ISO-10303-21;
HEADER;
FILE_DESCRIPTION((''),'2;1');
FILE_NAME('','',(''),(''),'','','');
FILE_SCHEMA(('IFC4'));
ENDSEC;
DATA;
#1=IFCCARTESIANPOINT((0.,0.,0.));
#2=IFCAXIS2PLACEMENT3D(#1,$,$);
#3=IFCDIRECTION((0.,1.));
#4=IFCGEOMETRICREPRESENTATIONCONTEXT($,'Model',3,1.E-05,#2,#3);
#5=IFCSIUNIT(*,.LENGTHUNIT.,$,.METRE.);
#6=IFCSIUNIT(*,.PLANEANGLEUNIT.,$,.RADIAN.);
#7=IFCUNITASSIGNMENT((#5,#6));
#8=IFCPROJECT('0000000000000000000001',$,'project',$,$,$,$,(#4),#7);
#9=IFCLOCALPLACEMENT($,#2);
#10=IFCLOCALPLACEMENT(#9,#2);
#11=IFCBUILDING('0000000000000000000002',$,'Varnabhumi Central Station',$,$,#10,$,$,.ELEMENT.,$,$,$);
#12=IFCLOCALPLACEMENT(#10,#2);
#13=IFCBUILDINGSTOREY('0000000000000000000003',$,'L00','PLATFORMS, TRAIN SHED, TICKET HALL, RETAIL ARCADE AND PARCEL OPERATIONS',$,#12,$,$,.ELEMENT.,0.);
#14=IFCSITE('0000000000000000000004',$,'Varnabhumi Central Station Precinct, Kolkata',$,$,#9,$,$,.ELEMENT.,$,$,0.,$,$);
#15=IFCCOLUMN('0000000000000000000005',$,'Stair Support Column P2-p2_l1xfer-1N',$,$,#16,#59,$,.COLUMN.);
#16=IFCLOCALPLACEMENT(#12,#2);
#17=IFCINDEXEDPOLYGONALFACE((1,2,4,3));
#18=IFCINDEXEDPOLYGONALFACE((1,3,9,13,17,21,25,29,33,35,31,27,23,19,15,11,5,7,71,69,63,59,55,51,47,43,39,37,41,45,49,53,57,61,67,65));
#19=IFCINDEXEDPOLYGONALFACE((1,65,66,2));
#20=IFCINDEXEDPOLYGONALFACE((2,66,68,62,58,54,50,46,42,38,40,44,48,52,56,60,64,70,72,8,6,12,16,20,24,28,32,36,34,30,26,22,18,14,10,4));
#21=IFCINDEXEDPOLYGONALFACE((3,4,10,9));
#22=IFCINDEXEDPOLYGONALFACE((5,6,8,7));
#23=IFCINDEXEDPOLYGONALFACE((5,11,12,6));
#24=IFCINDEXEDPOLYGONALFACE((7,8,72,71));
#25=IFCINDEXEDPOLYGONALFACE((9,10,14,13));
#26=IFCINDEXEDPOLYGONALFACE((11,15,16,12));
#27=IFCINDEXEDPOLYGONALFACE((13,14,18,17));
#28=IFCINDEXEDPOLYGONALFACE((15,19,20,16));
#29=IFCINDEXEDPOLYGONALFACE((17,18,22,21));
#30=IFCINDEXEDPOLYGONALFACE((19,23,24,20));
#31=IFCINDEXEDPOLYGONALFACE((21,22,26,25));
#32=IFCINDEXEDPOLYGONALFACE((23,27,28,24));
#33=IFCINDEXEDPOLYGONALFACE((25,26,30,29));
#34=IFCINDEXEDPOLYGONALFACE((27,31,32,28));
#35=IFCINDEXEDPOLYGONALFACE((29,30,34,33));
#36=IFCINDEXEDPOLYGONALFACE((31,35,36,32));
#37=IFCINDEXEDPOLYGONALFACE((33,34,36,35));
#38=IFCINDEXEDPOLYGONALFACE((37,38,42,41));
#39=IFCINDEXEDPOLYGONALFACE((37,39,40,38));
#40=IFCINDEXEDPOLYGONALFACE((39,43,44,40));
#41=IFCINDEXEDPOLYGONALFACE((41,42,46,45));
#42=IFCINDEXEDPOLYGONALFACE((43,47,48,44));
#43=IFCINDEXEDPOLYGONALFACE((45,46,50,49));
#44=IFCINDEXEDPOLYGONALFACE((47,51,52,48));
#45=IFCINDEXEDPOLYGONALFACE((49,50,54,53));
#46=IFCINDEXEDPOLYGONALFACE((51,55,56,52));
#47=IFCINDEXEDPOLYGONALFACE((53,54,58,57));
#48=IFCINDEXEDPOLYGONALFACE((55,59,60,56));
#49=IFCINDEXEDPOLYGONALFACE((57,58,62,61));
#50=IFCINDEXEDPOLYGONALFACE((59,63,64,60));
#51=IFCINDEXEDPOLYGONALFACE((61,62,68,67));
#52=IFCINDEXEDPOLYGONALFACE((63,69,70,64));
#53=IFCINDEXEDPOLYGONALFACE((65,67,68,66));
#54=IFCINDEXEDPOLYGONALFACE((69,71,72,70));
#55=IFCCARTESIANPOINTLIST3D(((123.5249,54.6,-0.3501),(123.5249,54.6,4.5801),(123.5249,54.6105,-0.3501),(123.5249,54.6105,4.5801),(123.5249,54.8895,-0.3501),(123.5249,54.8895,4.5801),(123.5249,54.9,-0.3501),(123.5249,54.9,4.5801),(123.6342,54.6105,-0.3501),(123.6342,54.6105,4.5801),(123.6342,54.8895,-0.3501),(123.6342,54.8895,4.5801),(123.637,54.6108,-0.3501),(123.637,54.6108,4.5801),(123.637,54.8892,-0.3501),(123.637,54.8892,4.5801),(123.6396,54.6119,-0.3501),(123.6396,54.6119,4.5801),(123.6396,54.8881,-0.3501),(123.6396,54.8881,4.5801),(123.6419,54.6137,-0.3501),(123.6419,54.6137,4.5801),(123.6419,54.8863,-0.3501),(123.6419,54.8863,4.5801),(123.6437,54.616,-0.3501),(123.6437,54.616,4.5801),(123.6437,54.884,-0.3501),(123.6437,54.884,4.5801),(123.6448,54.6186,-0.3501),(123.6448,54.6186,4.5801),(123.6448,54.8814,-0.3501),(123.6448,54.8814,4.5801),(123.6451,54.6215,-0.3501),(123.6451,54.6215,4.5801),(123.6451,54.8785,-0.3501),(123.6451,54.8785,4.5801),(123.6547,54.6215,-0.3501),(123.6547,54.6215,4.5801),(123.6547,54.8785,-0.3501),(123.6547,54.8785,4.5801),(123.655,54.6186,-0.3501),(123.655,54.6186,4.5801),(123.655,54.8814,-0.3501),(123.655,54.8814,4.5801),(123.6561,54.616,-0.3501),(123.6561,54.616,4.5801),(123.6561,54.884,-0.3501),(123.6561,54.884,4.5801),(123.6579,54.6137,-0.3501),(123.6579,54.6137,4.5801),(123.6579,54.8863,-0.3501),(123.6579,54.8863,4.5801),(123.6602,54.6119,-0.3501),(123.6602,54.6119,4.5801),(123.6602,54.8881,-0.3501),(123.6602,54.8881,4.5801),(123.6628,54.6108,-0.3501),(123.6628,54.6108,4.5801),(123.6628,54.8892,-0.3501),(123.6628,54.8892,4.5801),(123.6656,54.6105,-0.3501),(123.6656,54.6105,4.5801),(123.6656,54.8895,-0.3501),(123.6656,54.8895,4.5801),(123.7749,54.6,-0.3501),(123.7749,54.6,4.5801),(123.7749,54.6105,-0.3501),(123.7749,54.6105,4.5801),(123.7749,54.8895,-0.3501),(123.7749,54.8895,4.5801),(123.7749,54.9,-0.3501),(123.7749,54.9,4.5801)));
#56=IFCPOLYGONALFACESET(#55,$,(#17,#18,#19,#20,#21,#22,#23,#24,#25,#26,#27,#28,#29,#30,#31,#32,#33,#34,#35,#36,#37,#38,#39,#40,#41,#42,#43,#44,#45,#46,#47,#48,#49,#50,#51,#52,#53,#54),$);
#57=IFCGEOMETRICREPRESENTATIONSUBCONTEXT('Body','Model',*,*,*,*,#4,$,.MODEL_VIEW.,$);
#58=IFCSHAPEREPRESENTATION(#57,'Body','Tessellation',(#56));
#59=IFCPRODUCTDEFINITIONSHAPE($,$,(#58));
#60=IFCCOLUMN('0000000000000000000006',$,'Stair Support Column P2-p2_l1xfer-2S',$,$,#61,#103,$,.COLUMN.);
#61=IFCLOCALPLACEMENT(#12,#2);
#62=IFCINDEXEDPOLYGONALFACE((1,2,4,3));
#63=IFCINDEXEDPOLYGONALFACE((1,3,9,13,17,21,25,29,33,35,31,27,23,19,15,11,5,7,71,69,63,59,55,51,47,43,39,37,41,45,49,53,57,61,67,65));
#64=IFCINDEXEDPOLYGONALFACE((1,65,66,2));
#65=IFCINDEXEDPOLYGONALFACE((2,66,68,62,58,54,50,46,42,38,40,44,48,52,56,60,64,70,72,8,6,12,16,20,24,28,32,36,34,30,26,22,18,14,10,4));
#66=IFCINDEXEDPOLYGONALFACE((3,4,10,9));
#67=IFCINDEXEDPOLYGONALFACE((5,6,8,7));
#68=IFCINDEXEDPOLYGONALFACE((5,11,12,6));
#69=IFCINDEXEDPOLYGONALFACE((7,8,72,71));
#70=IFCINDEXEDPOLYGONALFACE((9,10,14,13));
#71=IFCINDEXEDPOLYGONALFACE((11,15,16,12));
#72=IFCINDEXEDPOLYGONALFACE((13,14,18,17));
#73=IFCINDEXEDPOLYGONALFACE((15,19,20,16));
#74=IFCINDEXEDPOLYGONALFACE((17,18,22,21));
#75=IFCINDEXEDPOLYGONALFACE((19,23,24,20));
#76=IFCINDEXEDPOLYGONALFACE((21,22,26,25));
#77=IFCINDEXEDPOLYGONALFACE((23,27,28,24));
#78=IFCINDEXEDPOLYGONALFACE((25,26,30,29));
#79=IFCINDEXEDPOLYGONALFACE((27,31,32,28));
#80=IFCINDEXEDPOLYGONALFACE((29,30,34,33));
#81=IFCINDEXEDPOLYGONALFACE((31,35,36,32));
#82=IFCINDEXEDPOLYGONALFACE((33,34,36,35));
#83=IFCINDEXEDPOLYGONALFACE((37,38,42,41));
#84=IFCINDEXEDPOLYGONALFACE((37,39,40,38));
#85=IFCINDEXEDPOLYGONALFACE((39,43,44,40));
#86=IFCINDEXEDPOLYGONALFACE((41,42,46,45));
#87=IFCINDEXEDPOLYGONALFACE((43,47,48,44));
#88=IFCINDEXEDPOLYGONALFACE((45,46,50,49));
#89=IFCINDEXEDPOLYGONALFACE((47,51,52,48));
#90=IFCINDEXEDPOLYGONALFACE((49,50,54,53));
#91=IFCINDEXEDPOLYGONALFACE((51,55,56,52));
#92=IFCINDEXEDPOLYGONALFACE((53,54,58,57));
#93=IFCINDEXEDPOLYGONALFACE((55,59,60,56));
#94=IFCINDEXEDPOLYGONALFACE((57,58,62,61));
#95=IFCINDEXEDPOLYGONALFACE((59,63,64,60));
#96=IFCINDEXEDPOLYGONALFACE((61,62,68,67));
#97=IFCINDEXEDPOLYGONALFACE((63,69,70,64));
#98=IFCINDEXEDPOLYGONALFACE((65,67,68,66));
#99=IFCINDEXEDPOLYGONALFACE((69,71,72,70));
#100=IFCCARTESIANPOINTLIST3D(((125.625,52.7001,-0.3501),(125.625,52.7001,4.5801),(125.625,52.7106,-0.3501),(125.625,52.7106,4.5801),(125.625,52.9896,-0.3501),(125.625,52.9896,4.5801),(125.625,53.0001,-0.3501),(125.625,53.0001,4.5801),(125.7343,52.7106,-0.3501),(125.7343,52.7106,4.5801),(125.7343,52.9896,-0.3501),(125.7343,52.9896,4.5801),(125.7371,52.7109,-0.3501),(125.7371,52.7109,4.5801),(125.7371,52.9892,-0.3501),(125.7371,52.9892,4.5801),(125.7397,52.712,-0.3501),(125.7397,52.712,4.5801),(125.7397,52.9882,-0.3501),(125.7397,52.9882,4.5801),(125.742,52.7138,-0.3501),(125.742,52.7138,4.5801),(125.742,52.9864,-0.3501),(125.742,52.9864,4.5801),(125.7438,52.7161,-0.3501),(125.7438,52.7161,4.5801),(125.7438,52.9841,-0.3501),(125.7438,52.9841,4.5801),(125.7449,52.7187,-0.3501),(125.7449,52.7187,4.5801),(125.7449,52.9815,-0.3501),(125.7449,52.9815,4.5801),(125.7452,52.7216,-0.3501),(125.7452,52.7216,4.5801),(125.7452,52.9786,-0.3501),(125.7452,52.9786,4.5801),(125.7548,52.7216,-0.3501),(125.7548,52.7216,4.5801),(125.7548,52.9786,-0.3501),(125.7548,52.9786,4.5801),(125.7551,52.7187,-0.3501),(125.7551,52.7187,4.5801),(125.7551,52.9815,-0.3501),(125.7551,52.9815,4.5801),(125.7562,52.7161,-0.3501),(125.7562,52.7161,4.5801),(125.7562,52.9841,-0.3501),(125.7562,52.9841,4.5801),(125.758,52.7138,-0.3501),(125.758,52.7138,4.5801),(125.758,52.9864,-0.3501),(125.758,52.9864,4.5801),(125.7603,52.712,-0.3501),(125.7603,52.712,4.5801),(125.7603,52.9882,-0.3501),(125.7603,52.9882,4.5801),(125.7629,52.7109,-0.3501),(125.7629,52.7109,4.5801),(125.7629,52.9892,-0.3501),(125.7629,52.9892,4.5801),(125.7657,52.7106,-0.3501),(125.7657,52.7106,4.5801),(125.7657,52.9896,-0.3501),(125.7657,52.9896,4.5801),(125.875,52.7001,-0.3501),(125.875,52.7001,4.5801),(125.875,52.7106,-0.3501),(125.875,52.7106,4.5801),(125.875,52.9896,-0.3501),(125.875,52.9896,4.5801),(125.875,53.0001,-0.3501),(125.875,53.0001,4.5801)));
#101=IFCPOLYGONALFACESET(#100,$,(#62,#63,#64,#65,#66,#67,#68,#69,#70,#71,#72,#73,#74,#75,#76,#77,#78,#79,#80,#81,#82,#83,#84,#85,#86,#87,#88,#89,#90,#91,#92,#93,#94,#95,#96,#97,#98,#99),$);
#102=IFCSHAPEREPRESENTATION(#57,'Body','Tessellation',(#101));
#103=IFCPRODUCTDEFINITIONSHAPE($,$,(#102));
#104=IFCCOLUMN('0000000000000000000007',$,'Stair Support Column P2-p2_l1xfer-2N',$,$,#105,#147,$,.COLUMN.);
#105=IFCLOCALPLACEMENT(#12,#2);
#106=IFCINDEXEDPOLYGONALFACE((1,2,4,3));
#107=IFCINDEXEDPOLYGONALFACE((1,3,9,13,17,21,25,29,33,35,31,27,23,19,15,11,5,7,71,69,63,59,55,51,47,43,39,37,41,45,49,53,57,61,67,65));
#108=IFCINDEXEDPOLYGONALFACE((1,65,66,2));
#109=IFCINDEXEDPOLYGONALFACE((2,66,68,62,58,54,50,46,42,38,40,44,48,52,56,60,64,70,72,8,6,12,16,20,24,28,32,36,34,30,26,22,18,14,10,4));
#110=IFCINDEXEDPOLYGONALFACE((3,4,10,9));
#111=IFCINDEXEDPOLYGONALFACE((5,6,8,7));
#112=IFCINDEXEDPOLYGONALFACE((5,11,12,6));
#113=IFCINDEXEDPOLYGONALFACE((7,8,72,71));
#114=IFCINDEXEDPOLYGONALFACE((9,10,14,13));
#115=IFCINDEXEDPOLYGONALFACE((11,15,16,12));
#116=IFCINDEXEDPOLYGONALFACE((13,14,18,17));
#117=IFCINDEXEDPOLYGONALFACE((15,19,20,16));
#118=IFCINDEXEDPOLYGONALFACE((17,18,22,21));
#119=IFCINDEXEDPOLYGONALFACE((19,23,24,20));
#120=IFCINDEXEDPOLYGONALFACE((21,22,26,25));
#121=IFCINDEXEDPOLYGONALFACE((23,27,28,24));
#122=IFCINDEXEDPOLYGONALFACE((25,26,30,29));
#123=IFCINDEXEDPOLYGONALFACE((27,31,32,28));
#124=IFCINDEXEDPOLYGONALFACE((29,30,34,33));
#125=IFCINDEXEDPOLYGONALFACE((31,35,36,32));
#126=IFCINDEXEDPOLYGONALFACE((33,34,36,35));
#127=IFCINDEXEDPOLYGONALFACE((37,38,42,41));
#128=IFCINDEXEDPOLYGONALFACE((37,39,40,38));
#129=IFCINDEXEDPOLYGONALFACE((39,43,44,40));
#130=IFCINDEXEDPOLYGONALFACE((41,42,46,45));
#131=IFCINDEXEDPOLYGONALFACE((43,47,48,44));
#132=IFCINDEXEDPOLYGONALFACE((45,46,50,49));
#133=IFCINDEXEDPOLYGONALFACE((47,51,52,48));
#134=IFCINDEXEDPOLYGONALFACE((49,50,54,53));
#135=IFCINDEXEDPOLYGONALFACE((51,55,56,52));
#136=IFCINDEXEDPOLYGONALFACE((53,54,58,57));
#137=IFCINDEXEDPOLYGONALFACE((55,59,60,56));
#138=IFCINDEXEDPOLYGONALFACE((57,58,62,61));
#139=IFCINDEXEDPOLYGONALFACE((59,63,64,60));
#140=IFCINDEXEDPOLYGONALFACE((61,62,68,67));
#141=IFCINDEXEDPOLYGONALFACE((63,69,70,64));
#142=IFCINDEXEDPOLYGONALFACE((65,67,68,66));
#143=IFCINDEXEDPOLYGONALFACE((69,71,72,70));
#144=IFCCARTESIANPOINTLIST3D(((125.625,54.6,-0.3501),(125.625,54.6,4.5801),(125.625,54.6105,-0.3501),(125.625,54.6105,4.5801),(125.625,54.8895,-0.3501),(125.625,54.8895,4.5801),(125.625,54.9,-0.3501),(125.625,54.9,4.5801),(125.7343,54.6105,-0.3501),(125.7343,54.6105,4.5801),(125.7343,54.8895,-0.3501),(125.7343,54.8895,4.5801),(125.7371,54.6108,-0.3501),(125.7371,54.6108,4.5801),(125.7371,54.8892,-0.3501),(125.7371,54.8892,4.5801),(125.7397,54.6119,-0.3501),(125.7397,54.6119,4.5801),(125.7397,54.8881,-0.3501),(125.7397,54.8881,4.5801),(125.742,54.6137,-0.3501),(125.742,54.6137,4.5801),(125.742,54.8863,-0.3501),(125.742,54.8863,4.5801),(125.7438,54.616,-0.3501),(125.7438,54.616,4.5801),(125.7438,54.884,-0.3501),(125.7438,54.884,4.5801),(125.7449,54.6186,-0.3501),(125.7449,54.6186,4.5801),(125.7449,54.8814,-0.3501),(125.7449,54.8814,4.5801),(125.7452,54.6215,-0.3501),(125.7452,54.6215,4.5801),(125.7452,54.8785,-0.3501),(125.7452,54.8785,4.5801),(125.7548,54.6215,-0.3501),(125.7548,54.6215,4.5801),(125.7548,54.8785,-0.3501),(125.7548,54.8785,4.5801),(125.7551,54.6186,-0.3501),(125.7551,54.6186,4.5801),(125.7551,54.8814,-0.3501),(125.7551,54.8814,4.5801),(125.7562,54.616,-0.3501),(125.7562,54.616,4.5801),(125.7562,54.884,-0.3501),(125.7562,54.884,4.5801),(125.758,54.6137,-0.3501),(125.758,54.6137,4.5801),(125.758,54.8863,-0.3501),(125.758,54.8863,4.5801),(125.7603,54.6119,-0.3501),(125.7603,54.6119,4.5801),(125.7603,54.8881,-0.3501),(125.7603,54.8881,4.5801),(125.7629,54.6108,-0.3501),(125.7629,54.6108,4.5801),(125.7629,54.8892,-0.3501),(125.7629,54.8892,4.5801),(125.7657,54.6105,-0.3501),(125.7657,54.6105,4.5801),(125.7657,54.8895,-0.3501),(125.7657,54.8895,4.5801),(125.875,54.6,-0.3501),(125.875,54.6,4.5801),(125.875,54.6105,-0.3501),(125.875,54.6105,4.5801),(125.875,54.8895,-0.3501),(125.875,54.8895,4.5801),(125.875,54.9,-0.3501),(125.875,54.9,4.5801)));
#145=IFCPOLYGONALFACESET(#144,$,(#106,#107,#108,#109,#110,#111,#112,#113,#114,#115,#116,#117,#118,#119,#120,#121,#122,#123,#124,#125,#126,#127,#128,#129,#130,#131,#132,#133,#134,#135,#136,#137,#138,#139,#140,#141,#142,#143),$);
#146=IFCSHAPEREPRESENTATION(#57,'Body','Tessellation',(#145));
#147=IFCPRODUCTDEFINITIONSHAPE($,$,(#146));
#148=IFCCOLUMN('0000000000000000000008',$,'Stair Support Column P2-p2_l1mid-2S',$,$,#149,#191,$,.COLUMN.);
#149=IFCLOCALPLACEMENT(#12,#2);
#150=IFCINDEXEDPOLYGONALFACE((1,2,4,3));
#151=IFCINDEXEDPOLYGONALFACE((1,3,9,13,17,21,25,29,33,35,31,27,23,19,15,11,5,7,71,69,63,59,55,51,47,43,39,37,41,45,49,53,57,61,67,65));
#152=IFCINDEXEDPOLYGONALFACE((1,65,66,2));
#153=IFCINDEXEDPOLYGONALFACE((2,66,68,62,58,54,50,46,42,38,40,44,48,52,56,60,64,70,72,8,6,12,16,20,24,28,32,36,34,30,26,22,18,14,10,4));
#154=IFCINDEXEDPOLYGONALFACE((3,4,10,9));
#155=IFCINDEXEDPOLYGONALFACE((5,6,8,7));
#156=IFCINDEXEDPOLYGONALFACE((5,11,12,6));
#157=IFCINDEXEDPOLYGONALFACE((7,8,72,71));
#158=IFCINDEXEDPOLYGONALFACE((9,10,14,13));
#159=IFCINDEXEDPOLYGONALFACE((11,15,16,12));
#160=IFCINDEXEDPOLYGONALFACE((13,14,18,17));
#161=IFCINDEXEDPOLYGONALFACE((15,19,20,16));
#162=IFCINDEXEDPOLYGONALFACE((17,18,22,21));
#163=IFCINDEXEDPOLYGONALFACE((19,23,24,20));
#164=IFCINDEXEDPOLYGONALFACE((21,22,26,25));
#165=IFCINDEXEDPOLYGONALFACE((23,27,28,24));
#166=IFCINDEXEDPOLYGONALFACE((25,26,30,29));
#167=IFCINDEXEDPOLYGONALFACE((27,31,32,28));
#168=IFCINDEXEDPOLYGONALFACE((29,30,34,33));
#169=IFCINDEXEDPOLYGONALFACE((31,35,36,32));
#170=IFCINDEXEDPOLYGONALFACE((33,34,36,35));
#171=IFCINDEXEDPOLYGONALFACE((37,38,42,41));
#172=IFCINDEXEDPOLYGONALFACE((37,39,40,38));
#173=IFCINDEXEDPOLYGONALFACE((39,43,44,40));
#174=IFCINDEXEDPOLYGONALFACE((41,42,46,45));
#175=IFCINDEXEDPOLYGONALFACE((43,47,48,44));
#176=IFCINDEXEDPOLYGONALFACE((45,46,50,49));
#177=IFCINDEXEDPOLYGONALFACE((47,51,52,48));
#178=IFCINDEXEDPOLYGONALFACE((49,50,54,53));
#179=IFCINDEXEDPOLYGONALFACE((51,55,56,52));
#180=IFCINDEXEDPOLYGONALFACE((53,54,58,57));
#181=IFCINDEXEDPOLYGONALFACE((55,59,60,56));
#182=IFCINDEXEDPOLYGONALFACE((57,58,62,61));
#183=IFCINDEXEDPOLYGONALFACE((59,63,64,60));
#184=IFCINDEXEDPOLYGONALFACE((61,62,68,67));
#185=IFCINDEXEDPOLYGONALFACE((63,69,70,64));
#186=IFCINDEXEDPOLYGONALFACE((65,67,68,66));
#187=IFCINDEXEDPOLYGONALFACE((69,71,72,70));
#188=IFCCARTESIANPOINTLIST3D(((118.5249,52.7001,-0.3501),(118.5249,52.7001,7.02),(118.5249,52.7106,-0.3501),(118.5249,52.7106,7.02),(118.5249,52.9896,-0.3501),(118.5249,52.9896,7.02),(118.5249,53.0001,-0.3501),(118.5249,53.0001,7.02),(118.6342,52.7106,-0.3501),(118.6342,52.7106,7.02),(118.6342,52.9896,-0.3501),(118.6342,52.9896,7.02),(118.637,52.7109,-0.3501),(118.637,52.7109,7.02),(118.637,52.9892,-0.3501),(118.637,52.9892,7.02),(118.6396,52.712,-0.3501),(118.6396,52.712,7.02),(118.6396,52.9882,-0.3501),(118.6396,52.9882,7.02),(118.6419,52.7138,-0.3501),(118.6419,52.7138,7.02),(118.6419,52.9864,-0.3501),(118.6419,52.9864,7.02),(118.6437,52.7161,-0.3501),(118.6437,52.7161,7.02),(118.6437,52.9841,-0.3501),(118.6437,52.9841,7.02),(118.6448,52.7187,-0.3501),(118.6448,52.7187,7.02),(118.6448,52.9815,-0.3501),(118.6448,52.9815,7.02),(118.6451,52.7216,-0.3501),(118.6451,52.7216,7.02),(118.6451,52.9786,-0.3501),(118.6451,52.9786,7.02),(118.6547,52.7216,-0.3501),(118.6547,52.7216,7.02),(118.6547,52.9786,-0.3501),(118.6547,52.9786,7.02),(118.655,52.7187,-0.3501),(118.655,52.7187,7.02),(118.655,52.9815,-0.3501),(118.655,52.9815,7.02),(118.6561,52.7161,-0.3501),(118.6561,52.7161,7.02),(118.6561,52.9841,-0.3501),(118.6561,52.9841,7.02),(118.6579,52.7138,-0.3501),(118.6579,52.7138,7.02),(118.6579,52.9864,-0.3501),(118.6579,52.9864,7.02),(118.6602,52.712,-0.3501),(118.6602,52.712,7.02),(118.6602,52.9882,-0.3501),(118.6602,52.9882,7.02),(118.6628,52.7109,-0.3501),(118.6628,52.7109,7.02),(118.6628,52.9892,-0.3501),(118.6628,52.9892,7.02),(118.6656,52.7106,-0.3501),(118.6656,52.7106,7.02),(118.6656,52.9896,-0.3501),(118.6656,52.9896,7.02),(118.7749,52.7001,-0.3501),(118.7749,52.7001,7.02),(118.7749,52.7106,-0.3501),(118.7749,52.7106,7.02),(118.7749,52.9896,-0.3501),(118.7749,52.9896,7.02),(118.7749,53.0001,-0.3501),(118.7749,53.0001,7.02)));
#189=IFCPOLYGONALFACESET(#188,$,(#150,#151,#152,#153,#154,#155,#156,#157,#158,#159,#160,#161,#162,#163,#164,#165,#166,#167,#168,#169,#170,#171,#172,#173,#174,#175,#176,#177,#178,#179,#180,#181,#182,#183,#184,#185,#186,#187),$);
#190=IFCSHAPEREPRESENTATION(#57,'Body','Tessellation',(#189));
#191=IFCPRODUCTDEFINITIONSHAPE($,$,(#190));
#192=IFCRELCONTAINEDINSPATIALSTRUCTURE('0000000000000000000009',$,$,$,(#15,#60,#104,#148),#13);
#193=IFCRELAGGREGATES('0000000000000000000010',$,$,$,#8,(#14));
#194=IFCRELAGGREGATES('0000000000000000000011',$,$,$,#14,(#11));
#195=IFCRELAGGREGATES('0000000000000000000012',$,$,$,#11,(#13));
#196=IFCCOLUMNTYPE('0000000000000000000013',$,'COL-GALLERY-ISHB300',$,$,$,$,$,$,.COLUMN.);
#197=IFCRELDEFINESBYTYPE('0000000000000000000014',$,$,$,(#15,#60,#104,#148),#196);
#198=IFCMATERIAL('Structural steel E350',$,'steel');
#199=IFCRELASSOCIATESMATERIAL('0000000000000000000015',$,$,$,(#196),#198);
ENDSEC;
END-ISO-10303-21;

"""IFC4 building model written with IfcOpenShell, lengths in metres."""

from ifc_helpers import new_model, si_unit, direction, frame, origin, origin_2d, place, context, subcontext, project, spatial, i_section, extrude, material, material_profile, profile_set, type_object, element, save


model = new_model("IFC4")

# Units and contexts
model_context = context("Model", 3, precision=1e-05, world=origin(), true_north=direction((0.0, 1.0)))
body_context = subcontext(model_context, "Body", "Model", "MODEL_VIEW")
ifc_project = project(units=[si_unit("LENGTHUNIT", "METRE"), si_unit("PLANEANGLEUNIT", "RADIAN")], contexts=[model_context])

# Site, building, storey
site_placement = place(None, origin())
site = spatial("IfcSite", under=ifc_project, at=site_placement, Name="Varnabhumi Central Station Precinct, Kolkata", CompositionType="ELEMENT", RefElevation=0.0)
building_placement = place(site_placement, origin())
building = spatial("IfcBuilding", under=site, at=building_placement, Name="Varnabhumi Central Station", CompositionType="ELEMENT")
storey_placement = place(building_placement, origin())
storey = spatial("IfcBuildingStorey", under=building, at=storey_placement, Name="L00", Description="PLATFORMS, TRAIN SHED, TICKET HALL, RETAIL ARCADE AND PARCEL OPERATIONS", CompositionType="ELEMENT", Elevation=0.0)

# Columns
ifc_material_1 = material(Name="Structural steel E350", Category="steel")
ifc_material_profile_1 = material_profile(ifc_material_1, i_section(OverallWidth=0.25, OverallDepth=0.3, WebThickness=0.0095, FlangeThickness=0.0105, FilletRadius=0.011, at=origin_2d()), Name="Structural steel E350", Category="steel")
ifc_profile_set_1 = profile_set([ifc_material_profile_1], Name="Structural steel E350")
column_type = type_object("IfcColumnType", Name="COL-GALLERY-ISHB300", PredefinedType="COLUMN", material=ifc_profile_set_1)
for number, where, z_axis, x_axis, name in (
    (1, (123.6499, 54.75, -0.3501), (0.0, 0.0, 1.0), (1.0, 0.0, 0.0), "Stair Support Column P2-p2_l1xfer-1N"),
    (2, (125.75, 52.8501, -0.3501), (0.0, 0.0, 1.0), (1.0, 0.0, 0.0), "Stair Support Column P2-p2_l1xfer-2S"),
    (3, (125.75, 54.75, -0.3501), (0.0, 0.0, 1.0), (1.0, 0.0, 0.0), "Stair Support Column P2-p2_l1xfer-2N"),
):
    element("IfcColumn", number, at=place(storey_placement, frame(where, z_axis=z_axis, x_axis=x_axis)), inside=storey, type_object=column_type, Name=name, PredefinedType="COLUMN", context=body_context, shape_type="SweptSolid", body=[
        extrude(i_section(OverallWidth=0.25, OverallDepth=0.3, WebThickness=0.0095, FlangeThickness=0.0105, FilletRadius=0.011, at=origin_2d()), origin(), (0.0, 0.0, 1.0), 4.9302),
    ])
for number, where, z_axis, x_axis, name in (
    (4, (118.6499, 52.8501, -0.3501), (0.0, 0.0, 1.0), (1.0, 0.0, 0.0), "Stair Support Column P2-p2_l1mid-2S"),
):
    element("IfcColumn", number, at=place(storey_placement, frame(where, z_axis=z_axis, x_axis=x_axis)), inside=storey, type_object=column_type, Name=name, PredefinedType="COLUMN", context=body_context, shape_type="SweptSolid", body=[
        extrude(i_section(OverallWidth=0.25, OverallDepth=0.3, WebThickness=0.0095, FlangeThickness=0.0105, FilletRadius=0.011, at=origin_2d()), origin(), (0.0, 0.0, 1.0), 7.3701),
    ])

save(model, "model.ifc")
